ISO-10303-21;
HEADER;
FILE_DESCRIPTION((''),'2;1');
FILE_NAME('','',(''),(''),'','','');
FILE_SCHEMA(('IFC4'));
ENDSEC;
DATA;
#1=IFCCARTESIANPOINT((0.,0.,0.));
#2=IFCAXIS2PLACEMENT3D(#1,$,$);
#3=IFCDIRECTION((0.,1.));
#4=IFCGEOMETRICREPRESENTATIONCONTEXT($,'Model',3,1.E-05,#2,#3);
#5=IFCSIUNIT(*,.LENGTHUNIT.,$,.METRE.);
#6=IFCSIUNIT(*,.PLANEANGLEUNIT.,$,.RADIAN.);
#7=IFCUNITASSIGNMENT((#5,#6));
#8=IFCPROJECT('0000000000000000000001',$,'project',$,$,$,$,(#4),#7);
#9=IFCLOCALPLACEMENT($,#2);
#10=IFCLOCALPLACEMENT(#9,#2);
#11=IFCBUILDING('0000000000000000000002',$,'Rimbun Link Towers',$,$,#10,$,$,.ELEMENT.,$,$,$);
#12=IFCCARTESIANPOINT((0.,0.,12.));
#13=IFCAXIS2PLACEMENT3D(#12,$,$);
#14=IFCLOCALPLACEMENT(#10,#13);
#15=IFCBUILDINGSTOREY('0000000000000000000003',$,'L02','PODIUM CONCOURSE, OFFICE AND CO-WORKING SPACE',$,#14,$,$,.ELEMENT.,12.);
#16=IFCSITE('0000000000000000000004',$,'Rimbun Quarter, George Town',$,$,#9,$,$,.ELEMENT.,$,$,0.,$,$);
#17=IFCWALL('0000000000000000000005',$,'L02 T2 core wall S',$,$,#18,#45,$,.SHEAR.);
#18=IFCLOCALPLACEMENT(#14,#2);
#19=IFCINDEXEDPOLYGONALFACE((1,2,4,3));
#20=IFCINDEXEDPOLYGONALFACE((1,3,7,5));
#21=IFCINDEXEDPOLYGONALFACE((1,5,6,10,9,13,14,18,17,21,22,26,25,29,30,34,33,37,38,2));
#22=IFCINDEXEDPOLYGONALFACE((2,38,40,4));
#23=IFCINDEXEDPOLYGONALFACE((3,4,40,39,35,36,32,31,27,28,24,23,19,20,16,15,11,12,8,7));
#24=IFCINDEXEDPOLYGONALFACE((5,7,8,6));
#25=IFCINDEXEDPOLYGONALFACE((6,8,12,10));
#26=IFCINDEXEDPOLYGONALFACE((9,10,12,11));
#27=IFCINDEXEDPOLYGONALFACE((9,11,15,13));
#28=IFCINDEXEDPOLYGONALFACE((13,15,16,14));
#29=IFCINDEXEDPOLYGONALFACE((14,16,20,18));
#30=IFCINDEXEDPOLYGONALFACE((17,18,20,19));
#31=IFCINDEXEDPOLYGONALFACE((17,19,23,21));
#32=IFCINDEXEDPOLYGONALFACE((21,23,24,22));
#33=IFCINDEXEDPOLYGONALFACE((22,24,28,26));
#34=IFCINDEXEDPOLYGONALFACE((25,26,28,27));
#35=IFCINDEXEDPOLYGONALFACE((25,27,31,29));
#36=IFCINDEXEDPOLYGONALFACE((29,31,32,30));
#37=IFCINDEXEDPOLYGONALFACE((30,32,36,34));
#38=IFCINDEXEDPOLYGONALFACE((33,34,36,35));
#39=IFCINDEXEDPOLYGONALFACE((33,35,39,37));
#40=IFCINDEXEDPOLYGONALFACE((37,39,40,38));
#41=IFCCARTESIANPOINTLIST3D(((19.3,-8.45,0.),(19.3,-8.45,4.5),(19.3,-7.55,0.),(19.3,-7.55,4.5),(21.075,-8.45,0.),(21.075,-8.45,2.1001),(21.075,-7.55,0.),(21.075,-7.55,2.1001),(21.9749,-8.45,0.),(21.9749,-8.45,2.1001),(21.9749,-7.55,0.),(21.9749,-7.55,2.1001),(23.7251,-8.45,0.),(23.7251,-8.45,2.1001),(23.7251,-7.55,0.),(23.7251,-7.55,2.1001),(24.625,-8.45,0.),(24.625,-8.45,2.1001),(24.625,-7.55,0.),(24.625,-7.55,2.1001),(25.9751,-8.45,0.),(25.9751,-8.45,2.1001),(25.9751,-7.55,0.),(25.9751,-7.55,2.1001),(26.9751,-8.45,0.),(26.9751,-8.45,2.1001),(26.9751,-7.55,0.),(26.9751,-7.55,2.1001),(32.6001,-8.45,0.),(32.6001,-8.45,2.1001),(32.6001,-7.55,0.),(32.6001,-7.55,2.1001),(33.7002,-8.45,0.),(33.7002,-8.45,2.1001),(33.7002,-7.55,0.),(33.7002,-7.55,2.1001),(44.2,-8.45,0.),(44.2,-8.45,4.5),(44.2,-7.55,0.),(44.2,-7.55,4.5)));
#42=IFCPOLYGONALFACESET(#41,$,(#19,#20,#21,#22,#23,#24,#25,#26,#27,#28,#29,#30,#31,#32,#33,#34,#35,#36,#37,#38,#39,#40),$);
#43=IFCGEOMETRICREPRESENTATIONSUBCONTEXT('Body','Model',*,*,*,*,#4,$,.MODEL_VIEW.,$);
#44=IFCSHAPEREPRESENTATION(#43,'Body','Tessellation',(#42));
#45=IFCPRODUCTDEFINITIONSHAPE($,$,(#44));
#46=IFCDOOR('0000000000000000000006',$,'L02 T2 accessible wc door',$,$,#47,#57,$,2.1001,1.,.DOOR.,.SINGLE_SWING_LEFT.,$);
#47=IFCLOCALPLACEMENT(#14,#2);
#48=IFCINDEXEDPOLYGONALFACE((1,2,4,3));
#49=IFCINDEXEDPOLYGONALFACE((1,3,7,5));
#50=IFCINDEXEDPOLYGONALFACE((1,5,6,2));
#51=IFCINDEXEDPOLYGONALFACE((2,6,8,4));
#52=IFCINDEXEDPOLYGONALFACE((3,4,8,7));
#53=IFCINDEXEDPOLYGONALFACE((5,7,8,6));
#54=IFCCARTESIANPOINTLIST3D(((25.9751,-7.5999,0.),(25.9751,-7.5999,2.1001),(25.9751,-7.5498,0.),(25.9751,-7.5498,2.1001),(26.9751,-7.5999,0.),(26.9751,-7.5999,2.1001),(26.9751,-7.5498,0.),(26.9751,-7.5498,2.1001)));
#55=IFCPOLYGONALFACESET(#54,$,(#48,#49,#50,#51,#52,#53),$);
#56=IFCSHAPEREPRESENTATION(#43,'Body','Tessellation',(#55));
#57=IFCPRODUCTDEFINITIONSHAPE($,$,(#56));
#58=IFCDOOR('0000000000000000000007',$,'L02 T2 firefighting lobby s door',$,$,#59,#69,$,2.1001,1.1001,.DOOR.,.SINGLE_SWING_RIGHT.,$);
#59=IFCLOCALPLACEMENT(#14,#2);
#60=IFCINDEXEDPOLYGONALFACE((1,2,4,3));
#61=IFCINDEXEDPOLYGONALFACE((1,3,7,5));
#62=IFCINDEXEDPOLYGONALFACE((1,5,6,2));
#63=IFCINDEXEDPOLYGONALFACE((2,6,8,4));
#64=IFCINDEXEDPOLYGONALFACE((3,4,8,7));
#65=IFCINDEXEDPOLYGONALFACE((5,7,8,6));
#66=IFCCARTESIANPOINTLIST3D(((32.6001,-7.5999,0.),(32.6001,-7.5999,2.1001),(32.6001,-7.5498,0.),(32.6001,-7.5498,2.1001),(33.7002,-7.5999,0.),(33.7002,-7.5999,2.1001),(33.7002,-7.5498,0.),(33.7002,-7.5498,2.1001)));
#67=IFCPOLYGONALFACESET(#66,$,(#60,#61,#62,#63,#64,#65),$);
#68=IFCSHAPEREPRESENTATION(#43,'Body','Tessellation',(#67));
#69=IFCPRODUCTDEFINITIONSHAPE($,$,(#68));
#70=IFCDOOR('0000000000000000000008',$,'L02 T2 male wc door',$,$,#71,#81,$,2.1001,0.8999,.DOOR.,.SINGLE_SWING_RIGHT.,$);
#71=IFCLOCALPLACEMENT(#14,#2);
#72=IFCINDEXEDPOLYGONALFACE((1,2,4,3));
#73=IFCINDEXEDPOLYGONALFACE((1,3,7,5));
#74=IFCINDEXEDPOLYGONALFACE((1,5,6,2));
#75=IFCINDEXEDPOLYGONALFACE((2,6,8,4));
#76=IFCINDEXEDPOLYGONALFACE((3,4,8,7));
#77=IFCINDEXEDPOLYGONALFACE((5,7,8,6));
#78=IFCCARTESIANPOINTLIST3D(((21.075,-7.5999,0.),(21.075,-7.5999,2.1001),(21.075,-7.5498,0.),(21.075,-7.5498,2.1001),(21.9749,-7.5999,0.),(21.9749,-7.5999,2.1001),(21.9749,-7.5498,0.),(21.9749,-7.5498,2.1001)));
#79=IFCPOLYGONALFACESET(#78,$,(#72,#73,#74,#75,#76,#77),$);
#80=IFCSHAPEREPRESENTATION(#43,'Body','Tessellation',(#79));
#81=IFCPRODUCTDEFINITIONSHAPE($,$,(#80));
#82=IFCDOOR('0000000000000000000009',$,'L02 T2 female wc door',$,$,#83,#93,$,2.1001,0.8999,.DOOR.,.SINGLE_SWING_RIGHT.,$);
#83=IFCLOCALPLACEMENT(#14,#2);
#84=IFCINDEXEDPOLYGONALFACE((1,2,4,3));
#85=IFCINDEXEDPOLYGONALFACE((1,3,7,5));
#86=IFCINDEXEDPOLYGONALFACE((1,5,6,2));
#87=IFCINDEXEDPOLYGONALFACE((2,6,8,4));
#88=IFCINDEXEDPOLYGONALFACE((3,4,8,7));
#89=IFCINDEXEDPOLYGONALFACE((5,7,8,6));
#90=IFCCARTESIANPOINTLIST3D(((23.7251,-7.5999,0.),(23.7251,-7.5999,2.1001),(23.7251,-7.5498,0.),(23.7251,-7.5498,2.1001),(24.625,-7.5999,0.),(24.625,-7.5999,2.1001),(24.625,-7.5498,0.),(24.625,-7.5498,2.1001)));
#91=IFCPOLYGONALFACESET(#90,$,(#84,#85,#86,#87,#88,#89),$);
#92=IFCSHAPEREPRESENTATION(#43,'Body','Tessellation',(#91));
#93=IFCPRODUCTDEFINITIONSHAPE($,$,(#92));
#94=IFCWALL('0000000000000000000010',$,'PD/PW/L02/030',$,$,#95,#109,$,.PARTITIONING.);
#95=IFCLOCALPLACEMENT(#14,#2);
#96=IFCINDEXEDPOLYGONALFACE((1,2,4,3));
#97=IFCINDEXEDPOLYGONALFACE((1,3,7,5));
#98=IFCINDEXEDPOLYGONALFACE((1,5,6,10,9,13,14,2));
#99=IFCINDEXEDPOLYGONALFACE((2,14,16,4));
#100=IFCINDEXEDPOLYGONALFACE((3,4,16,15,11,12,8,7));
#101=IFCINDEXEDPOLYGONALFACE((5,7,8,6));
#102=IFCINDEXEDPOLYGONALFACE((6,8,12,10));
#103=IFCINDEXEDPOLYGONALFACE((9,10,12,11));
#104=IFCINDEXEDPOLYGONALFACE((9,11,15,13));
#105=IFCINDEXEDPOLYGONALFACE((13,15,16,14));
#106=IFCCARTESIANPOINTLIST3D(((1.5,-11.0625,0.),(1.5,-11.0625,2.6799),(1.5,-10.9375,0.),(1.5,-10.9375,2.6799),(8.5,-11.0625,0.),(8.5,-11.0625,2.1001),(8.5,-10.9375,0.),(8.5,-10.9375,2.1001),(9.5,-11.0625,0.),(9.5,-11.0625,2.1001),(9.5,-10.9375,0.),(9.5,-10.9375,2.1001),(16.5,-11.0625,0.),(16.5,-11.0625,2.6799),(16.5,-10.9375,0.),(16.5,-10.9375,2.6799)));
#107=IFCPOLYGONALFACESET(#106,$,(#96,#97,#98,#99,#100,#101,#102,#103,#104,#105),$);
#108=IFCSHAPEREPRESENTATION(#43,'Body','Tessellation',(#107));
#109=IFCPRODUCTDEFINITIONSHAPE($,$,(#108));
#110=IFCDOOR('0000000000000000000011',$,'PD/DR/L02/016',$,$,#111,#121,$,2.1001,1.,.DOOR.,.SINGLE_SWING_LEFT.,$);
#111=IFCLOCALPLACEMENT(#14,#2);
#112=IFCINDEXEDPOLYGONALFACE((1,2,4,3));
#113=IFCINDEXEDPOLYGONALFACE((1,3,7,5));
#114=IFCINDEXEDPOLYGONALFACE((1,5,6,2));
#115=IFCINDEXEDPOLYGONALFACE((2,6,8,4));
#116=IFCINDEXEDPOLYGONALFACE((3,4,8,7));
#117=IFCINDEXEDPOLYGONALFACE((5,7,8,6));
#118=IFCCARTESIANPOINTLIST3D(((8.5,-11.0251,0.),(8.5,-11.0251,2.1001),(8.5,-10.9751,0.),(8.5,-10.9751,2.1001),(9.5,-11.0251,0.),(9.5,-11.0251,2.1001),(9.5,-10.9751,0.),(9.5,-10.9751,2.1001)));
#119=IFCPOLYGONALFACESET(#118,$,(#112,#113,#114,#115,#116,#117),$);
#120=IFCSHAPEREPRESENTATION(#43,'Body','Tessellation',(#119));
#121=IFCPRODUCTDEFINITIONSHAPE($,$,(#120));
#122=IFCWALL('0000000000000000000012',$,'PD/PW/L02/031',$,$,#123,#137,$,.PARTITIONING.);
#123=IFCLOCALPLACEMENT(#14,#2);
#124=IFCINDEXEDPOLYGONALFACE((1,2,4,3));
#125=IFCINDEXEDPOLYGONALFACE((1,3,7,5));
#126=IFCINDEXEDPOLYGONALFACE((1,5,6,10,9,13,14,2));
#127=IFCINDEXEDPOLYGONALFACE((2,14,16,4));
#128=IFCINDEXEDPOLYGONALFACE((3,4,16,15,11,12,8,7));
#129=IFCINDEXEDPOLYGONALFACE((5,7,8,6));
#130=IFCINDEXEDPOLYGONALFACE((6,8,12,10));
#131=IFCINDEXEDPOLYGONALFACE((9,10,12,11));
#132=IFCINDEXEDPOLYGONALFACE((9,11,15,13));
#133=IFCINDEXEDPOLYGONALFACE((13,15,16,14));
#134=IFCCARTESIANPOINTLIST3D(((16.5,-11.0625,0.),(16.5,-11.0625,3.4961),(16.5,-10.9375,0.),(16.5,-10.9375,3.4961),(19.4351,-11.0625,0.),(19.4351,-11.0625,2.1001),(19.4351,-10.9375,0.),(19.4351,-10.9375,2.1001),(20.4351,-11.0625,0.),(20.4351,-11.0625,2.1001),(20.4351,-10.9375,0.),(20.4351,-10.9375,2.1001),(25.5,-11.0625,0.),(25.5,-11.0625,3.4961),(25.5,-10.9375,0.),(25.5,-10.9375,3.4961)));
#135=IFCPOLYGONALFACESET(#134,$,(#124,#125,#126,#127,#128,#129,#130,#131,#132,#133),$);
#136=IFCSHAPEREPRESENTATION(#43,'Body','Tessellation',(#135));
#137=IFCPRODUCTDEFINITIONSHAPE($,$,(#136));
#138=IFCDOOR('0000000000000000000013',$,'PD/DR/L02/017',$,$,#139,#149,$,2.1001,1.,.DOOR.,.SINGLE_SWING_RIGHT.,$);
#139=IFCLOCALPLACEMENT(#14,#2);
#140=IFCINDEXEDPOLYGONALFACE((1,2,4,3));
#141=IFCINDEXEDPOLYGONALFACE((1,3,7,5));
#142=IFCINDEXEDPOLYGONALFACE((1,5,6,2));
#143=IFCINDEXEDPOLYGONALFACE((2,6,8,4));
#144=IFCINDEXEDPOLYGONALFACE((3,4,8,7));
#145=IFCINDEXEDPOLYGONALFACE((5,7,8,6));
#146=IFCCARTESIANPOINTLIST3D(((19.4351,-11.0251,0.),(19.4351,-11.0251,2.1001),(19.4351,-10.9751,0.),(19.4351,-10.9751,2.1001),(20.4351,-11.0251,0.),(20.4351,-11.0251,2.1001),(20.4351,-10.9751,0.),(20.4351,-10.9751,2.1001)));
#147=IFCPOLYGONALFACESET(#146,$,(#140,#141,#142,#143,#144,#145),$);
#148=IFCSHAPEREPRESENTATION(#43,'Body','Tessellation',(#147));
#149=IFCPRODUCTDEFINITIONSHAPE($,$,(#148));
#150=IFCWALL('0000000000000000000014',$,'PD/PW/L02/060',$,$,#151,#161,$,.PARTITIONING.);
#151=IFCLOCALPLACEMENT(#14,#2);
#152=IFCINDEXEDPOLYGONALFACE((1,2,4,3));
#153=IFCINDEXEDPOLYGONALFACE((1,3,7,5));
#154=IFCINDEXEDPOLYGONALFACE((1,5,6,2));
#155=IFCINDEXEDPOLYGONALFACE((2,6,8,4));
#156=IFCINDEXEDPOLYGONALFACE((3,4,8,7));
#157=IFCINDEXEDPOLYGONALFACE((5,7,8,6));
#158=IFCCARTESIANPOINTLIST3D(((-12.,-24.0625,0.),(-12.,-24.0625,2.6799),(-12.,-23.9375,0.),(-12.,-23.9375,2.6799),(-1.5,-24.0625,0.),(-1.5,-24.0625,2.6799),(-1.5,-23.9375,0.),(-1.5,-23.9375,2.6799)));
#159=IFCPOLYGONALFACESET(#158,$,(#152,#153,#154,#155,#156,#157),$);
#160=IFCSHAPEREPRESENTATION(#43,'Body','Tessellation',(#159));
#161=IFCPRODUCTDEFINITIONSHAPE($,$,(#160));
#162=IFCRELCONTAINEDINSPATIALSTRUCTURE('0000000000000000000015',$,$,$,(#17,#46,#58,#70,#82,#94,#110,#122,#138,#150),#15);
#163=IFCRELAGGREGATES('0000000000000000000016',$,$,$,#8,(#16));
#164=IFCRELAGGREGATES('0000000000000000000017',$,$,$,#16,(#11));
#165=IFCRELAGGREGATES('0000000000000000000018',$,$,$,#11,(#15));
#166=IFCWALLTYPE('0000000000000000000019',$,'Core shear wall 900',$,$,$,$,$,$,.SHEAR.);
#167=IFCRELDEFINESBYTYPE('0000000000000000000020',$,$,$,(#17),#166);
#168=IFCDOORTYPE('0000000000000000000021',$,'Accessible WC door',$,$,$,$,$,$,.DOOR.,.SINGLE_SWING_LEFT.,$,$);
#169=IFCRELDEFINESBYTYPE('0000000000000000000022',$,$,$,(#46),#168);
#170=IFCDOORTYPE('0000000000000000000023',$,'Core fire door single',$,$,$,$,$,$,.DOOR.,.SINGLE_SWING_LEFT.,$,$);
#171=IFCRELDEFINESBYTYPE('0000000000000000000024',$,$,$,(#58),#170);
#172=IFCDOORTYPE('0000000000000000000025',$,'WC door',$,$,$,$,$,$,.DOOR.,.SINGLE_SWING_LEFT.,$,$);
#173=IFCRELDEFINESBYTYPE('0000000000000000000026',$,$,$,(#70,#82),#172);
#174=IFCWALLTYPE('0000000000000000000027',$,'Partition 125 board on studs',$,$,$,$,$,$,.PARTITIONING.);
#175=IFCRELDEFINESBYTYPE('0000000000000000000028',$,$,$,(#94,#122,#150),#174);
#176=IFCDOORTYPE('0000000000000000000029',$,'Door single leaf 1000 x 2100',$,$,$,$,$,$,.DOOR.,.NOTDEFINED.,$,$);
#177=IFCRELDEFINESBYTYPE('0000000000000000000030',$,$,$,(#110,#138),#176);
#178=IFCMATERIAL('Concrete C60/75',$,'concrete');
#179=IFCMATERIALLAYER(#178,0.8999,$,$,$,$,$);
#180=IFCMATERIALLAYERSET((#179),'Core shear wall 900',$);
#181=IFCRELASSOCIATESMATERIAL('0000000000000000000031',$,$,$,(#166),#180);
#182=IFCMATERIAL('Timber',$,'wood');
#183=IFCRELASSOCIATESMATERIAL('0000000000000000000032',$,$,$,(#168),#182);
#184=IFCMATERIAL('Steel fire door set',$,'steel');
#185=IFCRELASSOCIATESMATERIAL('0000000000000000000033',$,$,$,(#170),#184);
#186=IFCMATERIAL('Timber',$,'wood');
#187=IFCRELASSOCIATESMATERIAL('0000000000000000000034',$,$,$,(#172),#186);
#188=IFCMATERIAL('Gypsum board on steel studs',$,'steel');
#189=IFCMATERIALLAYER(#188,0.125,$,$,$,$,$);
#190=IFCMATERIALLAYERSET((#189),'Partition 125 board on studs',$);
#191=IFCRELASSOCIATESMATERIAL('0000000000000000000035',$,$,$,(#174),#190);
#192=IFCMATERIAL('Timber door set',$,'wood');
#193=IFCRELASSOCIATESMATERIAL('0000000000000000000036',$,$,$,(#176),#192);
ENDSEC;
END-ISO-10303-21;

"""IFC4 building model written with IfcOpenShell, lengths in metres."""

from ifc_helpers import new_model, si_unit, direction, frame, frame_2d, origin, place, context, subcontext, project, spatial, rectangle, extrude, material, layer, layer_set, type_object, element, fill, save


model = new_model("IFC4")

# Units and contexts
model_context = context("Model", 3, precision=1e-05, world=origin(), true_north=direction((0.0, 1.0)))
body_context = subcontext(model_context, "Body", "Model", "MODEL_VIEW")
ifc_project = project(units=[si_unit("LENGTHUNIT", "METRE"), si_unit("PLANEANGLEUNIT", "RADIAN")], contexts=[model_context])

# Site, building, storey
site_placement = place(None, origin())
site = spatial("IfcSite", under=ifc_project, at=site_placement, Name="Rimbun Quarter, George Town", CompositionType="ELEMENT", RefElevation=0.0)
building_placement = place(site_placement, origin())
building = spatial("IfcBuilding", under=site, at=building_placement, Name="Rimbun Link Towers", CompositionType="ELEMENT")
storey_placement = place(building_placement, frame((0.0, 0.0, 12.0)))
storey = spatial("IfcBuildingStorey", under=building, at=storey_placement, Name="L02", Description="PODIUM CONCOURSE, OFFICE AND CO-WORKING SPACE", CompositionType="ELEMENT", Elevation=12.0)

# Wall, openings, doors
ifc_material_1 = material(Name="Concrete C60/75", Category="concrete")
ifc_layer_1 = layer(ifc_material_1, 0.8999)
ifc_layer_set_1 = layer_set([ifc_layer_1], Name="Core shear wall 900")
wall_type_1 = type_object("IfcWallType", Name="Core shear wall 900", PredefinedType="SHEAR", material=ifc_layer_set_1)
wall_1_placement = place(storey_placement, frame((19.3, -8.0, 0.0), z_axis=(0.0, 0.0, 1.0), x_axis=(1.0, 0.0, 0.0)))
wall_1 = element("IfcWall", 1, at=wall_1_placement, inside=storey, type_object=wall_type_1, Name="L02 T2 core wall S", PredefinedType="SHEAR", context=body_context, shape_type="SweptSolid", body=[
    extrude(rectangle(XDim=24.8999, YDim=0.8999, at=frame_2d((12.45, 0.0))), origin(), (0.0, 0.0, 1.0), 4.5),
])
opening_1_placement = place(wall_1_placement, frame((13.3, 0.0, 0.0)))
opening_1 = element("IfcOpeningElement", 2, at=opening_1_placement, cuts=wall_1, PredefinedType="OPENING", context=body_context, shape_type="SweptSolid", body=[
    extrude(rectangle(XDim=1.1001, YDim=2.1001, at=frame_2d((0.55, 1.05))), frame((0.0, 0.46, 0.0), z_axis=(0.0, -1.0, 0.0), x_axis=(1.0, 0.0, 0.0)), (0.0, 0.0, 1.0), 0.9199),
])
opening_2_placement = place(wall_1_placement, frame((1.7749, 0.0, 0.0)))
opening_2 = element("IfcOpeningElement", 3, at=opening_2_placement, cuts=wall_1, PredefinedType="OPENING", context=body_context, shape_type="SweptSolid", body=[
    extrude(rectangle(XDim=0.8999, YDim=2.1001, at=frame_2d((0.45, 1.05))), frame((0.0, 0.46, 0.0), z_axis=(0.0, -1.0, 0.0), x_axis=(1.0, 0.0, 0.0)), (0.0, 0.0, 1.0), 0.9199),
])
opening_3_placement = place(wall_1_placement, frame((4.425, 0.0, 0.0)))
opening_3 = element("IfcOpeningElement", 4, at=opening_3_placement, cuts=wall_1, PredefinedType="OPENING", context=body_context, shape_type="SweptSolid", body=[
    extrude(rectangle(XDim=0.8999, YDim=2.1001, at=frame_2d((0.45, 1.05))), frame((0.0, 0.46, 0.0), z_axis=(0.0, -1.0, 0.0), x_axis=(1.0, 0.0, 0.0)), (0.0, 0.0, 1.0), 0.9199),
])
opening_4_placement = place(wall_1_placement, frame((6.675, 0.0, 0.0)))
opening_4 = element("IfcOpeningElement", 5, at=opening_4_placement, cuts=wall_1, PredefinedType="OPENING", context=body_context, shape_type="SweptSolid", body=[
    extrude(rectangle(XDim=1.0, YDim=2.1001, at=frame_2d((0.5, 1.05))), frame((0.0, 0.46, 0.0), z_axis=(0.0, -1.0, 0.0), x_axis=(1.0, 0.0, 0.0)), (0.0, 0.0, 1.0), 0.9199),
])
ifc_material_2 = material(Name="Timber", Category="wood")
door_type_1 = type_object("IfcDoorType", Name="Accessible WC door", OperationType="SINGLE_SWING_LEFT", PredefinedType="DOOR", material=ifc_material_2)
door_1_placement = place(opening_4_placement, origin())
door_1 = element("IfcDoor", 6, at=door_1_placement, inside=storey, type_object=door_type_1, Name="L02 T2 accessible wc door", OperationType="SINGLE_SWING_LEFT", OverallHeight=2.1001, OverallWidth=1.0, PredefinedType="DOOR", context=body_context, shape_type="SweptSolid", body=[
    extrude(rectangle(XDim=1.0, YDim=2.1001, at=frame_2d((0.5, 1.05))), frame((0.0, 0.4502, 0.0), z_axis=(0.0, -1.0, 0.0), x_axis=(1.0, 0.0, 0.0)), (0.0, 0.0, 1.0), 0.05),
])
fill(opening_4, door_1)
ifc_material_3 = material(Name="Steel fire door set", Category="steel")
door_type_2 = type_object("IfcDoorType", Name="Core fire door single", OperationType="SINGLE_SWING_LEFT", PredefinedType="DOOR", material=ifc_material_3)
door_2_placement = place(opening_1_placement, origin())
door_2 = element("IfcDoor", 7, at=door_2_placement, inside=storey, type_object=door_type_2, Name="L02 T2 firefighting lobby s door", OperationType="SINGLE_SWING_RIGHT", OverallHeight=2.1001, OverallWidth=1.1001, PredefinedType="DOOR", context=body_context, shape_type="SweptSolid", body=[
    extrude(rectangle(XDim=1.1001, YDim=2.1001, at=frame_2d((0.55, 1.05))), frame((0.0, 0.4502, 0.0), z_axis=(0.0, -1.0, 0.0), x_axis=(1.0, 0.0, 0.0)), (0.0, 0.0, 1.0), 0.05),
])
fill(opening_1, door_2)
ifc_material_4 = material(Name="Timber", Category="wood")
door_type_3 = type_object("IfcDoorType", Name="WC door", OperationType="SINGLE_SWING_LEFT", PredefinedType="DOOR", material=ifc_material_4)
door_3_placement = place(opening_2_placement, origin())
door_3 = element("IfcDoor", 8, at=door_3_placement, inside=storey, type_object=door_type_3, Name="L02 T2 male wc door", OperationType="SINGLE_SWING_RIGHT", OverallHeight=2.1001, OverallWidth=0.8999, PredefinedType="DOOR", context=body_context, shape_type="SweptSolid", body=[
    extrude(rectangle(XDim=0.8999, YDim=2.1001, at=frame_2d((0.45, 1.05))), frame((0.0, 0.4502, 0.0), z_axis=(0.0, -1.0, 0.0), x_axis=(1.0, 0.0, 0.0)), (0.0, 0.0, 1.0), 0.05),
])
fill(opening_2, door_3)
door_4_placement = place(opening_3_placement, origin())
door_4 = element("IfcDoor", 9, at=door_4_placement, inside=storey, type_object=door_type_3, Name="L02 T2 female wc door", OperationType="SINGLE_SWING_RIGHT", OverallHeight=2.1001, OverallWidth=0.8999, PredefinedType="DOOR", context=body_context, shape_type="SweptSolid", body=[
    extrude(rectangle(XDim=0.8999, YDim=2.1001, at=frame_2d((0.45, 1.05))), frame((0.0, 0.4502, 0.0), z_axis=(0.0, -1.0, 0.0), x_axis=(1.0, 0.0, 0.0)), (0.0, 0.0, 1.0), 0.05),
])
fill(opening_3, door_4)

# Walls, openings, doors
ifc_material_5 = material(Name="Gypsum board on steel studs", Category="steel")
ifc_layer_2 = layer(ifc_material_5, 0.125)
ifc_layer_set_2 = layer_set([ifc_layer_2], Name="Partition 125 board on studs")
wall_type_2 = type_object("IfcWallType", Name="Partition 125 board on studs", PredefinedType="PARTITIONING", material=ifc_layer_set_2)
wall_2_placement = place(storey_placement, frame((1.5, -11.0, 0.0), z_axis=(0.0, 0.0, 1.0), x_axis=(1.0, 0.0, 0.0)))
wall_2 = element("IfcWall", 10, at=wall_2_placement, inside=storey, type_object=wall_type_2, Name="PD/PW/L02/030", PredefinedType="PARTITIONING", context=body_context, shape_type="SweptSolid", body=[
    extrude(rectangle(XDim=15.0, YDim=0.125, at=frame_2d((7.5, 0.0))), origin(), (0.0, 0.0, 1.0), 2.6799),
])
opening_5_placement = place(wall_2_placement, frame((7.0, 0.0, 0.0)))
opening_5 = element("IfcOpeningElement", 11, at=opening_5_placement, cuts=wall_2, PredefinedType="OPENING", context=body_context, shape_type="SweptSolid", body=[
    extrude(rectangle(XDim=1.0, YDim=2.1001, at=frame_2d((0.5, 1.05))), frame((0.0, 0.0725, 0.0), z_axis=(0.0, -1.0, 0.0), x_axis=(1.0, 0.0, 0.0)), (0.0, 0.0, 1.0), 0.145),
])
ifc_material_6 = material(Name="Timber door set", Category="wood")
door_type_4 = type_object("IfcDoorType", Name="Door single leaf 1000 x 2100", OperationType="NOTDEFINED", PredefinedType="DOOR", material=ifc_material_6)
door_5_placement = place(opening_5_placement, origin())
door_5 = element("IfcDoor", 12, at=door_5_placement, inside=storey, type_object=door_type_4, Name="PD/DR/L02/016", OperationType="SINGLE_SWING_LEFT", OverallHeight=2.1001, OverallWidth=1.0, PredefinedType="DOOR", context=body_context, shape_type="SweptSolid", body=[
    extrude(rectangle(XDim=1.0, YDim=2.1001, at=frame_2d((0.5, 1.05))), frame((0.0, 0.0249, 0.0), z_axis=(0.0, -1.0, 0.0), x_axis=(1.0, 0.0, 0.0)), (0.0, 0.0, 1.0), 0.05),
])
fill(opening_5, door_5)
wall_3_placement = place(storey_placement, frame((16.5, -11.0, 0.0), z_axis=(0.0, 0.0, 1.0), x_axis=(1.0, 0.0, 0.0)))
wall_3 = element("IfcWall", 13, at=wall_3_placement, inside=storey, type_object=wall_type_2, Name="PD/PW/L02/031", PredefinedType="PARTITIONING", context=body_context, shape_type="SweptSolid", body=[
    extrude(rectangle(XDim=9.0, YDim=0.125, at=frame_2d((4.5, 0.0))), origin(), (0.0, 0.0, 1.0), 3.4961),
])
opening_6_placement = place(wall_3_placement, frame((2.9351, 0.0, 0.0)))
opening_6 = element("IfcOpeningElement", 14, at=opening_6_placement, cuts=wall_3, PredefinedType="OPENING", context=body_context, shape_type="SweptSolid", body=[
    extrude(rectangle(XDim=1.0, YDim=2.1001, at=frame_2d((0.5, 1.05))), frame((0.0, 0.0725, 0.0), z_axis=(0.0, -1.0, 0.0), x_axis=(1.0, 0.0, 0.0)), (0.0, 0.0, 1.0), 0.145),
])
door_6_placement = place(opening_6_placement, origin())
door_6 = element("IfcDoor", 15, at=door_6_placement, inside=storey, type_object=door_type_4, Name="PD/DR/L02/017", OperationType="SINGLE_SWING_RIGHT", OverallHeight=2.1001, OverallWidth=1.0, PredefinedType="DOOR", context=body_context, shape_type="SweptSolid", body=[
    extrude(rectangle(XDim=1.0, YDim=2.1001, at=frame_2d((0.5, 1.05))), frame((0.0, 0.0249, 0.0), z_axis=(0.0, -1.0, 0.0), x_axis=(1.0, 0.0, 0.0)), (0.0, 0.0, 1.0), 0.05),
])
fill(opening_6, door_6)

# Wall
wall_4_placement = place(storey_placement, frame((-1.5, -24.0, 0.0), z_axis=(0.0, 0.0, 1.0), x_axis=(-1.0, 0.0, 0.0)))
element("IfcWall", 16, at=wall_4_placement, inside=storey, type_object=wall_type_2, Name="PD/PW/L02/060", PredefinedType="PARTITIONING", context=body_context, shape_type="SweptSolid", body=[
    extrude(rectangle(XDim=10.5, YDim=0.125, at=frame_2d((5.25, 0.0))), origin(), (0.0, 0.0, 1.0), 2.6799),
])

save(model, "model.ifc")
